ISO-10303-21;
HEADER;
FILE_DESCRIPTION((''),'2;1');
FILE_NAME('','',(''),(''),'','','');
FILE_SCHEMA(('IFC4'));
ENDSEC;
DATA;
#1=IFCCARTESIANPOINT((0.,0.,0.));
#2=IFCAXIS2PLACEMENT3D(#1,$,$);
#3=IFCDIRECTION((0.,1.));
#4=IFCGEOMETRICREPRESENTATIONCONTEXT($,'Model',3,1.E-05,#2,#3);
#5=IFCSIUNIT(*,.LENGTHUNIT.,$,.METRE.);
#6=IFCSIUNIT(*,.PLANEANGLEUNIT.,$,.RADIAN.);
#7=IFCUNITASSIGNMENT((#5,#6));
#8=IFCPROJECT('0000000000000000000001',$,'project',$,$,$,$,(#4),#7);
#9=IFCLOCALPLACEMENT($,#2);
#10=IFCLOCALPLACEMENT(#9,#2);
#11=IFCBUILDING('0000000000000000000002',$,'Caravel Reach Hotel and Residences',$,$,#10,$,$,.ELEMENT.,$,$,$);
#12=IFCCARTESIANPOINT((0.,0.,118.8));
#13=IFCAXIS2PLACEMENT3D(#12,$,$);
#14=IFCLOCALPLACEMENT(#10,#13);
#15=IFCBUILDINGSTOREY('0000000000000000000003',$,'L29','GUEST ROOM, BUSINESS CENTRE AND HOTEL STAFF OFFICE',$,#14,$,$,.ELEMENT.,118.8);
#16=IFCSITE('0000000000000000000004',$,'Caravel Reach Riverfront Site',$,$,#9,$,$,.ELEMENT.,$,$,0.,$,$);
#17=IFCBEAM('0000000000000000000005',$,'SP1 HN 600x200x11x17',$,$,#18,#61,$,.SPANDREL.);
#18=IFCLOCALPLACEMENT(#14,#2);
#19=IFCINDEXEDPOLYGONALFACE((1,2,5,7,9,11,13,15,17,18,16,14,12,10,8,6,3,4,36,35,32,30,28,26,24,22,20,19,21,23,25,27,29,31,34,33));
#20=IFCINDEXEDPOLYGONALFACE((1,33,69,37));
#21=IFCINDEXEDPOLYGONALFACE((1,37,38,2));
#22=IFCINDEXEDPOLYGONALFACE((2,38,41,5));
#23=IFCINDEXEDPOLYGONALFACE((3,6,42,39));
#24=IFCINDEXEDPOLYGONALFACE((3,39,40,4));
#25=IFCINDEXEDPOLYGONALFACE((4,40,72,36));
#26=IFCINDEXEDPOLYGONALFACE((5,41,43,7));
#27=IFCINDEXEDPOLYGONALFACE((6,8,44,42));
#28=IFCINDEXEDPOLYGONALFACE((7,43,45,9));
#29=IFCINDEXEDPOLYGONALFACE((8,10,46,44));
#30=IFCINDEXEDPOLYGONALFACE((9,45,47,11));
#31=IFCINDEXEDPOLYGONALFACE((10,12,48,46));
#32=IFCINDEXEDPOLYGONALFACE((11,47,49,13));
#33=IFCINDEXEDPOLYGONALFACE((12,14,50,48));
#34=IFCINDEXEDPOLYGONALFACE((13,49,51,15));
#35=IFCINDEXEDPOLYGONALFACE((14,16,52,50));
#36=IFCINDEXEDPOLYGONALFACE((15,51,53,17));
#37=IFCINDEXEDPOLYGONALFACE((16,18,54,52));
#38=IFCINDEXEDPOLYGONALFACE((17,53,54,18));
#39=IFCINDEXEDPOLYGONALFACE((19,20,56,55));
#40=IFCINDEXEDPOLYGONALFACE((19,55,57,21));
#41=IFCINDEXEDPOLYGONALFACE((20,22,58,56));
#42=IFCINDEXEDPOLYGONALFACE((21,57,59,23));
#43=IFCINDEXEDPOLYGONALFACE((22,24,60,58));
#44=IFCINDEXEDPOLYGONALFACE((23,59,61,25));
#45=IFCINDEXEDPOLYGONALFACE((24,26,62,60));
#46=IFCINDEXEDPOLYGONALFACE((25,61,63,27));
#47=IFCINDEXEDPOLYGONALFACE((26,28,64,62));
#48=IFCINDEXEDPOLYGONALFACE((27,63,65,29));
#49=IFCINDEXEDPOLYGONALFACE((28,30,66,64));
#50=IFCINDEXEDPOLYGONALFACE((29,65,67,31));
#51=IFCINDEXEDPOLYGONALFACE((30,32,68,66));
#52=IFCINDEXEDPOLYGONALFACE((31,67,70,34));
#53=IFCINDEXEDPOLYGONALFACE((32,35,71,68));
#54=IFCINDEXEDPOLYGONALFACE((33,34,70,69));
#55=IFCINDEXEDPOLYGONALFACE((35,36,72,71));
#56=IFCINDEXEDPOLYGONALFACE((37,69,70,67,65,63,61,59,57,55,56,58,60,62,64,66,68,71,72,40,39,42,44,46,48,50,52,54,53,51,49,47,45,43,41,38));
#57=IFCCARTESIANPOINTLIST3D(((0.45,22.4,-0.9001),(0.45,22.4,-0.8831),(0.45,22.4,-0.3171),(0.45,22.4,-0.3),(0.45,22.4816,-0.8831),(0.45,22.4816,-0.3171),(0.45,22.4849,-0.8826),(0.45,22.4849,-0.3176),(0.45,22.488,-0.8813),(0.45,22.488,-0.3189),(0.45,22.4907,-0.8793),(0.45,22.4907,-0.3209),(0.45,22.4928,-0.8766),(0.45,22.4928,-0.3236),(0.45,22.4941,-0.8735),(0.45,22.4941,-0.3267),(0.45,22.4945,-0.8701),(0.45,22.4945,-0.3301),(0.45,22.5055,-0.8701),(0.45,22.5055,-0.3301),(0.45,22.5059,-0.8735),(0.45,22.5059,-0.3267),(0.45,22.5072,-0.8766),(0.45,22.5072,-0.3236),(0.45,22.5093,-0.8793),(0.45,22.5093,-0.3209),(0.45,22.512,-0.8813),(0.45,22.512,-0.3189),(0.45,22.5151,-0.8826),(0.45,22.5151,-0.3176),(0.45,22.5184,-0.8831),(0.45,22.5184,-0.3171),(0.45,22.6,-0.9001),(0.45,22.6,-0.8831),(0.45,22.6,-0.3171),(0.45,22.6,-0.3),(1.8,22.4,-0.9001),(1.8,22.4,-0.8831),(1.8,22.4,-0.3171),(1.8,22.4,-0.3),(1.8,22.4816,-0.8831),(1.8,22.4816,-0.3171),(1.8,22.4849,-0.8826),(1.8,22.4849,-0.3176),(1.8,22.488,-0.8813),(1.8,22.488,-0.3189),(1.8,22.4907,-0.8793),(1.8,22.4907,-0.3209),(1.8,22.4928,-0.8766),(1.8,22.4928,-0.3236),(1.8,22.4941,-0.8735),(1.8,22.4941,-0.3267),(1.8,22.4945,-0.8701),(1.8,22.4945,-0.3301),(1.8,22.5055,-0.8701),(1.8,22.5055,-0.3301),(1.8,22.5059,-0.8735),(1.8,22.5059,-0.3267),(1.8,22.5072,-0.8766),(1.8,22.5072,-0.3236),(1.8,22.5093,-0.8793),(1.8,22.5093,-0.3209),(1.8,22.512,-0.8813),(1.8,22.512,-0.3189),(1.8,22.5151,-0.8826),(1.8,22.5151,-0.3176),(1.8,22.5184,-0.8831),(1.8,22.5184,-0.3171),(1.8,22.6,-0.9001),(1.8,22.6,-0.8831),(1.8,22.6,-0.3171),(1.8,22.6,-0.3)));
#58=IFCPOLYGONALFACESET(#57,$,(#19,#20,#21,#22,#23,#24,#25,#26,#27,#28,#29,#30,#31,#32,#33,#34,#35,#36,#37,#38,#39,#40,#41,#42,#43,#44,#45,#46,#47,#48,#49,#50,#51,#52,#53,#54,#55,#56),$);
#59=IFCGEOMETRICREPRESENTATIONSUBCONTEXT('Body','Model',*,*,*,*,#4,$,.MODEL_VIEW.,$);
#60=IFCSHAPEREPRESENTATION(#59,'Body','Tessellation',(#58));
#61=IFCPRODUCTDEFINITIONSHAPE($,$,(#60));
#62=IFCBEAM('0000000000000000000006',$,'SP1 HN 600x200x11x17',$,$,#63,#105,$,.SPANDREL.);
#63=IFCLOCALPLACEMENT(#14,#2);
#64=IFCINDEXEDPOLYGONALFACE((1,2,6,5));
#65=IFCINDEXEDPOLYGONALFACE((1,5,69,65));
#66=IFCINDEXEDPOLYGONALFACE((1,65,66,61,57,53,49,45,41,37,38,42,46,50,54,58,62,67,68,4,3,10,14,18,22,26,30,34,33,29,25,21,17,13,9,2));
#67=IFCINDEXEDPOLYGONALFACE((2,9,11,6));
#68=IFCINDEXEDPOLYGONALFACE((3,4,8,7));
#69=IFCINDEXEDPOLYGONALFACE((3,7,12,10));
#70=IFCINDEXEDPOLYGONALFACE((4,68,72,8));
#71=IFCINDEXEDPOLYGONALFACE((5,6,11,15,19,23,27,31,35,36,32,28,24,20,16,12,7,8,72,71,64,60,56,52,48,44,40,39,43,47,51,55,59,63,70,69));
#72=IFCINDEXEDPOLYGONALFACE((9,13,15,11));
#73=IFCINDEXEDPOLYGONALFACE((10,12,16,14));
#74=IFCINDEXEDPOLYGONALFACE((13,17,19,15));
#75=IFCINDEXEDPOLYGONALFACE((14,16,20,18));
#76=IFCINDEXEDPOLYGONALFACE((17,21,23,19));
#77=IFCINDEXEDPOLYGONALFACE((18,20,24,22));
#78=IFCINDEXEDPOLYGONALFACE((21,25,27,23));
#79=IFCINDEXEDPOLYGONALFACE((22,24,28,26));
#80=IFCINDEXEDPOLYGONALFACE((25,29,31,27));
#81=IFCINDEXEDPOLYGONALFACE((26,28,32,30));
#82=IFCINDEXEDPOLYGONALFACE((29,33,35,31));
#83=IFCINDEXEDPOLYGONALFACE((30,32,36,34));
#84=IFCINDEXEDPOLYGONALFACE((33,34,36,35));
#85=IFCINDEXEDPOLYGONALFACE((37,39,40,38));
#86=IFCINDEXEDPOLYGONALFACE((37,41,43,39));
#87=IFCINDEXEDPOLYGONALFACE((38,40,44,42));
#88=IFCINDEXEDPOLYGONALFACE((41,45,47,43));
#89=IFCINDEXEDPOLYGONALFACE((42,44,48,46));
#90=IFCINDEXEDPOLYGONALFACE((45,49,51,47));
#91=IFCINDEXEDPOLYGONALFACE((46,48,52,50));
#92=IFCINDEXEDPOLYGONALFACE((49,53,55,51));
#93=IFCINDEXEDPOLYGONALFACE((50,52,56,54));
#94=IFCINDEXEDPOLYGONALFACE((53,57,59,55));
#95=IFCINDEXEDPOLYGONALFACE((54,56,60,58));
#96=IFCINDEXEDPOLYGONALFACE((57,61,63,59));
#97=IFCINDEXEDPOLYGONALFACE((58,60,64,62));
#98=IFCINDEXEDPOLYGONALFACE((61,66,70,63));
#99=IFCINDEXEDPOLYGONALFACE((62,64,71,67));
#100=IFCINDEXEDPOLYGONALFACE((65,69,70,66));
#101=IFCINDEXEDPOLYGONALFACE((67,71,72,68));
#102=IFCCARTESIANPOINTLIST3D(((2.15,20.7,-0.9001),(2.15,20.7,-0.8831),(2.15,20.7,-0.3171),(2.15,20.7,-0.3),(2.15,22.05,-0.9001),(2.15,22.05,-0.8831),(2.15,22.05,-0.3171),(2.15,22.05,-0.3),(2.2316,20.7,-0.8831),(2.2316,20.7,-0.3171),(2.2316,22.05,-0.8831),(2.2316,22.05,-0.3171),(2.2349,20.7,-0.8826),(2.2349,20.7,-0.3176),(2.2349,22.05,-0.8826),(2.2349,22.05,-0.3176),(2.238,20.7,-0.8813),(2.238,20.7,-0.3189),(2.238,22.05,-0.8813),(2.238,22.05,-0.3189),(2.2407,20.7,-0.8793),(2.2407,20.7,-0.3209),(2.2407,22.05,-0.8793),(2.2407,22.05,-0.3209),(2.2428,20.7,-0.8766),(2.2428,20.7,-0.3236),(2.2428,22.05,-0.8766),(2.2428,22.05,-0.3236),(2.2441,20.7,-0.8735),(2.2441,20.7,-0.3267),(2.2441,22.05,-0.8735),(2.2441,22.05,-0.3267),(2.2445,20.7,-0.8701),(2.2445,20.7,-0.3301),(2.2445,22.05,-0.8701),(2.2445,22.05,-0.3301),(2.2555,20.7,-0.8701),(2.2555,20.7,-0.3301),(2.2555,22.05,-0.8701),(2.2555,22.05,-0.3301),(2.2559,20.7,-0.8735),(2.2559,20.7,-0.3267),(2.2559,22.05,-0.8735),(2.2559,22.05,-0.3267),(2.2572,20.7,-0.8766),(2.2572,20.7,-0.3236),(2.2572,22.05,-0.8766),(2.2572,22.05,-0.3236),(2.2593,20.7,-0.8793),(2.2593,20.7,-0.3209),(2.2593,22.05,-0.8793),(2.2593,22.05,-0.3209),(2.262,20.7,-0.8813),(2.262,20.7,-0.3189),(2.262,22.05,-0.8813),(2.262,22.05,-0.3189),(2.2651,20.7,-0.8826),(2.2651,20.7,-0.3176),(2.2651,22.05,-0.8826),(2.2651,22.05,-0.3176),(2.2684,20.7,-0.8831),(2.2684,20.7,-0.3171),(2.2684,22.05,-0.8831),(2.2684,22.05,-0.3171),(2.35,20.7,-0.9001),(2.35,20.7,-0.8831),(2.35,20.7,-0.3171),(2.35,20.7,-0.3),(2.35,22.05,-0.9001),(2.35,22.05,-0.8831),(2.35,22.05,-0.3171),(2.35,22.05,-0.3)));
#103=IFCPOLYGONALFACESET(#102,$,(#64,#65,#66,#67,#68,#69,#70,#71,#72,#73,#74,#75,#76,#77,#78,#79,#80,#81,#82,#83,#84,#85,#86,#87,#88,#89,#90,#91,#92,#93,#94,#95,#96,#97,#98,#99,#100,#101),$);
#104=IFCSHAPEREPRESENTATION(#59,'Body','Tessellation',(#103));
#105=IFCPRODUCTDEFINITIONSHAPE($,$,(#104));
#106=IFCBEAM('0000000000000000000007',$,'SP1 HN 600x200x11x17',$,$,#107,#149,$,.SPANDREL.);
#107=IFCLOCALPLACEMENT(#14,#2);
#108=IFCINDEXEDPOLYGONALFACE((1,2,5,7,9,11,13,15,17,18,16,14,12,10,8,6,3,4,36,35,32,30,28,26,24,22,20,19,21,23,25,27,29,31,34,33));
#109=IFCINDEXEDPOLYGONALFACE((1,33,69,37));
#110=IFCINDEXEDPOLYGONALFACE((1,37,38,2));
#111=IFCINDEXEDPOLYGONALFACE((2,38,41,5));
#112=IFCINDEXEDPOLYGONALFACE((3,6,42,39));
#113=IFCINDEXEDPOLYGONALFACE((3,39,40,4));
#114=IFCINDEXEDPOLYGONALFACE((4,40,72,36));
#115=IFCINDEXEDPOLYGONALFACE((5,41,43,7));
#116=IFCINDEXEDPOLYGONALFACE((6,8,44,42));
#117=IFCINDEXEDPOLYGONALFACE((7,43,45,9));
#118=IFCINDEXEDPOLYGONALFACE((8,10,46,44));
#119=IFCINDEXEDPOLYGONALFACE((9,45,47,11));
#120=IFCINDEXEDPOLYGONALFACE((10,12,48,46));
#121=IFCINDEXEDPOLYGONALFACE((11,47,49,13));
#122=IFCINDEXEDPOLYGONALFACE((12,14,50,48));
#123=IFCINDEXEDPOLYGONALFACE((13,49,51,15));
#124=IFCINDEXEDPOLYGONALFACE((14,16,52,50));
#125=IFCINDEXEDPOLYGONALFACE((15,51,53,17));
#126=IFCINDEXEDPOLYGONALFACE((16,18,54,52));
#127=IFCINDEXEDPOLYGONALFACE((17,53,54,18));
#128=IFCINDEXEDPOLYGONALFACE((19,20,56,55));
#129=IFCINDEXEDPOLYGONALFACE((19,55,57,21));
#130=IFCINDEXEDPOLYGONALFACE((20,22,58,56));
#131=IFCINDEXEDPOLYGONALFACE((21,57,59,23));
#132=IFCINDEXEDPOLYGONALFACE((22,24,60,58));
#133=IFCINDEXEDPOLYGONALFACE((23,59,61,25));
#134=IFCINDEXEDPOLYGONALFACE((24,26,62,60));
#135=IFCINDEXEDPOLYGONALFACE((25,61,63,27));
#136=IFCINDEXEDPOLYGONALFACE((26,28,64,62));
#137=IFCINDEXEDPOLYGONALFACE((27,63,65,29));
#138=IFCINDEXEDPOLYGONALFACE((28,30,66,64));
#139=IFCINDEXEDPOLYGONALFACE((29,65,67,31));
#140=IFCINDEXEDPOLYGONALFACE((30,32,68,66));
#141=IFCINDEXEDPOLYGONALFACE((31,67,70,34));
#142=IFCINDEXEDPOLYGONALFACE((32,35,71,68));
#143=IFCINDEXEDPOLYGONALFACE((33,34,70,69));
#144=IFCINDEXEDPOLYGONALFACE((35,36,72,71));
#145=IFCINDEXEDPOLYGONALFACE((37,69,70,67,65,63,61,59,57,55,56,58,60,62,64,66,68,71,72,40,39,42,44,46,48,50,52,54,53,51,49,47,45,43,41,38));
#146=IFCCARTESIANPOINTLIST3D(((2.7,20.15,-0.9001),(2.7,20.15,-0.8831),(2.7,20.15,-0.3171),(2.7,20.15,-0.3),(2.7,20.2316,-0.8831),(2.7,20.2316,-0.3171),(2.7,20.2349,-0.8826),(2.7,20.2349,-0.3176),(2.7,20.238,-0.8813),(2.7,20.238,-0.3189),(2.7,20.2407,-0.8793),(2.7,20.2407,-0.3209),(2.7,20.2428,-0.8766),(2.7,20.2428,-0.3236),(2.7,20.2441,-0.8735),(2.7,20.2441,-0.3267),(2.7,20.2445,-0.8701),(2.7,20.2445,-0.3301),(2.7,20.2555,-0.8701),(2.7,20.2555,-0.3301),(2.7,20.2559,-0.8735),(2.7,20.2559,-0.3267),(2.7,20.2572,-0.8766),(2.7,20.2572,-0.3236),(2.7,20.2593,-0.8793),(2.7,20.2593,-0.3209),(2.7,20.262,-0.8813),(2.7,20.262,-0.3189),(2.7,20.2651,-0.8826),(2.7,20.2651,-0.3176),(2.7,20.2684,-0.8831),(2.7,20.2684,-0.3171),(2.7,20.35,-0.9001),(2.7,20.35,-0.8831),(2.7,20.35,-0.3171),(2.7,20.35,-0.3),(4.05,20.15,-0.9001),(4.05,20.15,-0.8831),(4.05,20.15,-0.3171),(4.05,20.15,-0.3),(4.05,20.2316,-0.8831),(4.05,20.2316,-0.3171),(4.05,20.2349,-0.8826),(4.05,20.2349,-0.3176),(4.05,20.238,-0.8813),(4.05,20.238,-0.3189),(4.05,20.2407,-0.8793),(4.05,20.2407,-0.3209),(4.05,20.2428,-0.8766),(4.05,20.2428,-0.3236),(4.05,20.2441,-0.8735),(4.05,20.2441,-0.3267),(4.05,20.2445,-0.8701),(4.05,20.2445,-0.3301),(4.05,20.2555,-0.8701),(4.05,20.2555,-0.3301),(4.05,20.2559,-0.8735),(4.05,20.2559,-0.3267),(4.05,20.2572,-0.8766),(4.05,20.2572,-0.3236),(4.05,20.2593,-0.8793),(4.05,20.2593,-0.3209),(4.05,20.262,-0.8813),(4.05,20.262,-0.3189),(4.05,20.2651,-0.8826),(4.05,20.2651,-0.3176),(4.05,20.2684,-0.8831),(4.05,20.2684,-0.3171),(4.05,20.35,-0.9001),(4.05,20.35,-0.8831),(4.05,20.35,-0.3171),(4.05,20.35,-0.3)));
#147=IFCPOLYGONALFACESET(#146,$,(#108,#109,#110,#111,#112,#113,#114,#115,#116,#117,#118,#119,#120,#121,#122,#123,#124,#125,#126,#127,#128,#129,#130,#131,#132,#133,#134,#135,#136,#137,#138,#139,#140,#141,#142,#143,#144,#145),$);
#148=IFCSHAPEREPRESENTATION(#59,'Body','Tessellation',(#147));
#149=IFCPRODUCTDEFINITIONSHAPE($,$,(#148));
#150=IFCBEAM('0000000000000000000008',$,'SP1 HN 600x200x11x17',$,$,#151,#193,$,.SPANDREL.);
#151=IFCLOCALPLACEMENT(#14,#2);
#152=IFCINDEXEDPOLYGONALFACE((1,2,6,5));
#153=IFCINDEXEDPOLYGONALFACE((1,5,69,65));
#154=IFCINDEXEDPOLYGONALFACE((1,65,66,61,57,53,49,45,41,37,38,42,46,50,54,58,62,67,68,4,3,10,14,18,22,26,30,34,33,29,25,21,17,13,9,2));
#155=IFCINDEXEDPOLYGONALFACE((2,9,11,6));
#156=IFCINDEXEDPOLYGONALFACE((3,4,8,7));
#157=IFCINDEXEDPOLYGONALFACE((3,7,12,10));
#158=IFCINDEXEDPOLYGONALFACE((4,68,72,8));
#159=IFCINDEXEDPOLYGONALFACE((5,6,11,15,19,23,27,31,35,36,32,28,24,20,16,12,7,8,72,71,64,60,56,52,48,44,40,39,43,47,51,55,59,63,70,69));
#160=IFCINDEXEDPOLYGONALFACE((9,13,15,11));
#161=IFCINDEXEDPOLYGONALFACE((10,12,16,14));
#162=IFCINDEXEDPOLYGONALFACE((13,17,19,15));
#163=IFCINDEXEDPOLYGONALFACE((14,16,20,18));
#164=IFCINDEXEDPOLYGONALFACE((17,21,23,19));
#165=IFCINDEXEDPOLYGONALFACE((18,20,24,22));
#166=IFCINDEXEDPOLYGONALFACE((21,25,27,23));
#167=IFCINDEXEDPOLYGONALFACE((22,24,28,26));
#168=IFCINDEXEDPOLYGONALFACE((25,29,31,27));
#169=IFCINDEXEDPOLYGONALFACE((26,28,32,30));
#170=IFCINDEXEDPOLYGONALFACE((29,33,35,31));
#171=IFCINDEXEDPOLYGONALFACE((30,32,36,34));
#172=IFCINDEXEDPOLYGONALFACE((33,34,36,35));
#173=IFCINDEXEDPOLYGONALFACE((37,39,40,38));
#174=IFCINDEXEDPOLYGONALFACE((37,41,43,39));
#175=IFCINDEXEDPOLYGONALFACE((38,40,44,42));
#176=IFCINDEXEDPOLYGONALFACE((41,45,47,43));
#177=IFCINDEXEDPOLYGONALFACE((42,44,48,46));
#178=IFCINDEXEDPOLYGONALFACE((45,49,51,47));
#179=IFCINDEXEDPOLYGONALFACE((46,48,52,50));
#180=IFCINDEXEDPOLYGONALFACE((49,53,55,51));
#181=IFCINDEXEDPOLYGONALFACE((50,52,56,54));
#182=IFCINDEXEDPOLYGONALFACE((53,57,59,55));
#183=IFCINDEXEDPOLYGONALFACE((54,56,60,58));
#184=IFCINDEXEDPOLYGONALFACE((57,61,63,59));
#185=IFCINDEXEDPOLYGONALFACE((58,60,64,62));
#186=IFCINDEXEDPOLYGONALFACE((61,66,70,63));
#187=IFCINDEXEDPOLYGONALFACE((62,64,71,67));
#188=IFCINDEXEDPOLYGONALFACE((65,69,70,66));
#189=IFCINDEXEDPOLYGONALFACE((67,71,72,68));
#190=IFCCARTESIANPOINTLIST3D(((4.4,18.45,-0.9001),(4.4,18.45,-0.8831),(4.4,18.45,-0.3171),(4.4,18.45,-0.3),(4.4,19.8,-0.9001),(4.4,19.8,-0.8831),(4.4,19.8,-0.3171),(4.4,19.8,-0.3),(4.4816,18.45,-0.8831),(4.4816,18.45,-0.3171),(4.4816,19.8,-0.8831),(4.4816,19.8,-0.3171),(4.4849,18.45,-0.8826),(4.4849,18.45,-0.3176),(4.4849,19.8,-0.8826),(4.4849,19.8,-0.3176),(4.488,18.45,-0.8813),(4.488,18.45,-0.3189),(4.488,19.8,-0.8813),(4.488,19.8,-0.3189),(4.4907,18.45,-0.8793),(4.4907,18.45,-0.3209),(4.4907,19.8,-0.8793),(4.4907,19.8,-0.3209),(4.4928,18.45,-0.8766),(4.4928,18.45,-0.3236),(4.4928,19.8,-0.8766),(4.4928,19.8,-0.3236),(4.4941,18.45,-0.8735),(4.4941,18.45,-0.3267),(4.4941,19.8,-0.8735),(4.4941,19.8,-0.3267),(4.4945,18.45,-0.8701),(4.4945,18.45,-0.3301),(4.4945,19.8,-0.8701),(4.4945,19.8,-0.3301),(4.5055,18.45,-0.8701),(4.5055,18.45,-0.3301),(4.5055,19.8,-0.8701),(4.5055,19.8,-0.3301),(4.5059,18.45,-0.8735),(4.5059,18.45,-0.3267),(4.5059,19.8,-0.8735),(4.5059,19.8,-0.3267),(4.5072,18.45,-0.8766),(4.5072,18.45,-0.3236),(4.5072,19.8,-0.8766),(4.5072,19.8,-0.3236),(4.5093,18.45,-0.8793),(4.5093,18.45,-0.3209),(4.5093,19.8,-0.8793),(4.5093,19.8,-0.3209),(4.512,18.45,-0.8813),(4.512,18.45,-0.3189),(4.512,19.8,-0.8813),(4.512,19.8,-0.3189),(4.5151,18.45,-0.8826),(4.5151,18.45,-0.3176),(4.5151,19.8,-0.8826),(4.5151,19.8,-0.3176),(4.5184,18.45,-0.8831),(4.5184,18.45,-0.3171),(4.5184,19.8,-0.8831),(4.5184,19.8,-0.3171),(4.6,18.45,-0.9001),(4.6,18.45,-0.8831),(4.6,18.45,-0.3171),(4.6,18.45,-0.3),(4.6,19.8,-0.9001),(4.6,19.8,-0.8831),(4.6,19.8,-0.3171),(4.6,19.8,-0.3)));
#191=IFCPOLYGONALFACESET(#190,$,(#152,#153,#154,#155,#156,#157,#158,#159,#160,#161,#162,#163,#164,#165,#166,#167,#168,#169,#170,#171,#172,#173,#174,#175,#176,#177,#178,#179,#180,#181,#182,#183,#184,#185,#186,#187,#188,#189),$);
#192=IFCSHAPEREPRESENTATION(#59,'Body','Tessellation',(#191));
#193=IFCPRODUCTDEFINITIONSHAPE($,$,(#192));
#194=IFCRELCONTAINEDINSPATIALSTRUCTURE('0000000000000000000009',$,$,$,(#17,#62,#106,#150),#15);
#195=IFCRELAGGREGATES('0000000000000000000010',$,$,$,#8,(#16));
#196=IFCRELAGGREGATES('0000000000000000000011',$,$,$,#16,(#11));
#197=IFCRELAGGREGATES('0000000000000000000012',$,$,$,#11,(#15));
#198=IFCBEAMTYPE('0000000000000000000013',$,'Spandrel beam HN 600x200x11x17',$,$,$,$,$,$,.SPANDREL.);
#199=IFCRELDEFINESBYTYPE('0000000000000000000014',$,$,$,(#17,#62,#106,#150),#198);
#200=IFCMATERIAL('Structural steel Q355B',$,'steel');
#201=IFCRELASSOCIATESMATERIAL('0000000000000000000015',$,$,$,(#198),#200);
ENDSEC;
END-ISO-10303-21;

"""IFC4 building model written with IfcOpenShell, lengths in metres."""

from ifc_helpers import new_model, si_unit, direction, frame, origin, origin_2d, place, context, subcontext, project, spatial, i_section, extrude, material, material_profile, profile_set, type_object, element, save


model = new_model("IFC4")

# Units and contexts
model_context = context("Model", 3, precision=1e-05, world=origin(), true_north=direction((0.0, 1.0)))
body_context = subcontext(model_context, "Body", "Model", "MODEL_VIEW")
ifc_project = project(units=[si_unit("LENGTHUNIT", "METRE"), si_unit("PLANEANGLEUNIT", "RADIAN")], contexts=[model_context])

# Site, building, storey
site_placement = place(None, origin())
site = spatial("IfcSite", under=ifc_project, at=site_placement, Name="Caravel Reach Riverfront Site", CompositionType="ELEMENT", RefElevation=0.0)
building_placement = place(site_placement, origin())
building = spatial("IfcBuilding", under=site, at=building_placement, Name="Caravel Reach Hotel and Residences", CompositionType="ELEMENT")
storey_placement = place(building_placement, frame((0.0, 0.0, 118.8)))
storey = spatial("IfcBuildingStorey", under=building, at=storey_placement, Name="L29", Description="GUEST ROOM, BUSINESS CENTRE AND HOTEL STAFF OFFICE", CompositionType="ELEMENT", Elevation=118.8)

# Beams
ifc_material_1 = material(Name="Structural steel Q355B", Category="steel")
ifc_material_profile_1 = material_profile(ifc_material_1, i_section(OverallWidth=0.2, OverallDepth=0.6001, WebThickness=0.011, FlangeThickness=0.0171, FilletRadius=0.0129, at=origin_2d()), Name="HN 600x200x11x17")
ifc_profile_set_1 = profile_set([ifc_material_profile_1], Name="Structural steel Q355B")
beam_type_1 = type_object("IfcBeamType", Name="Spandrel beam HN 600x200x11x17", PredefinedType="SPANDREL", material=ifc_profile_set_1)
for number, where, z_axis, x_axis, name in (
    (1, (0.45, 22.5, -0.6001), (1.0, 0.0, 0.0), (0.0, 1.0, 0.0), "SP1 HN 600x200x11x17"),
    (2, (2.25, 22.05, -0.6001), (0.0, -1.0, 0.0), (1.0, 0.0, 0.0), "SP1 HN 600x200x11x17"),
    (3, (2.7, 20.25, -0.6001), (1.0, 0.0, 0.0), (0.0, 1.0, 0.0), "SP1 HN 600x200x11x17"),
    (4, (4.5, 19.8, -0.6001), (0.0, -1.0, 0.0), (1.0, 0.0, 0.0), "SP1 HN 600x200x11x17"),
):
    element("IfcBeam", number, at=place(storey_placement, frame(where, z_axis=z_axis, x_axis=x_axis)), inside=storey, type_object=beam_type_1, Name=name, PredefinedType="SPANDREL", context=body_context, shape_type="SweptSolid", body=[
        extrude(i_section(OverallWidth=0.2, OverallDepth=0.6001, WebThickness=0.011, FlangeThickness=0.0171, FilletRadius=0.0129, at=origin_2d()), origin(), (0.0, 0.0, 1.0), 1.3501),
    ])

save(model, "model.ifc")
